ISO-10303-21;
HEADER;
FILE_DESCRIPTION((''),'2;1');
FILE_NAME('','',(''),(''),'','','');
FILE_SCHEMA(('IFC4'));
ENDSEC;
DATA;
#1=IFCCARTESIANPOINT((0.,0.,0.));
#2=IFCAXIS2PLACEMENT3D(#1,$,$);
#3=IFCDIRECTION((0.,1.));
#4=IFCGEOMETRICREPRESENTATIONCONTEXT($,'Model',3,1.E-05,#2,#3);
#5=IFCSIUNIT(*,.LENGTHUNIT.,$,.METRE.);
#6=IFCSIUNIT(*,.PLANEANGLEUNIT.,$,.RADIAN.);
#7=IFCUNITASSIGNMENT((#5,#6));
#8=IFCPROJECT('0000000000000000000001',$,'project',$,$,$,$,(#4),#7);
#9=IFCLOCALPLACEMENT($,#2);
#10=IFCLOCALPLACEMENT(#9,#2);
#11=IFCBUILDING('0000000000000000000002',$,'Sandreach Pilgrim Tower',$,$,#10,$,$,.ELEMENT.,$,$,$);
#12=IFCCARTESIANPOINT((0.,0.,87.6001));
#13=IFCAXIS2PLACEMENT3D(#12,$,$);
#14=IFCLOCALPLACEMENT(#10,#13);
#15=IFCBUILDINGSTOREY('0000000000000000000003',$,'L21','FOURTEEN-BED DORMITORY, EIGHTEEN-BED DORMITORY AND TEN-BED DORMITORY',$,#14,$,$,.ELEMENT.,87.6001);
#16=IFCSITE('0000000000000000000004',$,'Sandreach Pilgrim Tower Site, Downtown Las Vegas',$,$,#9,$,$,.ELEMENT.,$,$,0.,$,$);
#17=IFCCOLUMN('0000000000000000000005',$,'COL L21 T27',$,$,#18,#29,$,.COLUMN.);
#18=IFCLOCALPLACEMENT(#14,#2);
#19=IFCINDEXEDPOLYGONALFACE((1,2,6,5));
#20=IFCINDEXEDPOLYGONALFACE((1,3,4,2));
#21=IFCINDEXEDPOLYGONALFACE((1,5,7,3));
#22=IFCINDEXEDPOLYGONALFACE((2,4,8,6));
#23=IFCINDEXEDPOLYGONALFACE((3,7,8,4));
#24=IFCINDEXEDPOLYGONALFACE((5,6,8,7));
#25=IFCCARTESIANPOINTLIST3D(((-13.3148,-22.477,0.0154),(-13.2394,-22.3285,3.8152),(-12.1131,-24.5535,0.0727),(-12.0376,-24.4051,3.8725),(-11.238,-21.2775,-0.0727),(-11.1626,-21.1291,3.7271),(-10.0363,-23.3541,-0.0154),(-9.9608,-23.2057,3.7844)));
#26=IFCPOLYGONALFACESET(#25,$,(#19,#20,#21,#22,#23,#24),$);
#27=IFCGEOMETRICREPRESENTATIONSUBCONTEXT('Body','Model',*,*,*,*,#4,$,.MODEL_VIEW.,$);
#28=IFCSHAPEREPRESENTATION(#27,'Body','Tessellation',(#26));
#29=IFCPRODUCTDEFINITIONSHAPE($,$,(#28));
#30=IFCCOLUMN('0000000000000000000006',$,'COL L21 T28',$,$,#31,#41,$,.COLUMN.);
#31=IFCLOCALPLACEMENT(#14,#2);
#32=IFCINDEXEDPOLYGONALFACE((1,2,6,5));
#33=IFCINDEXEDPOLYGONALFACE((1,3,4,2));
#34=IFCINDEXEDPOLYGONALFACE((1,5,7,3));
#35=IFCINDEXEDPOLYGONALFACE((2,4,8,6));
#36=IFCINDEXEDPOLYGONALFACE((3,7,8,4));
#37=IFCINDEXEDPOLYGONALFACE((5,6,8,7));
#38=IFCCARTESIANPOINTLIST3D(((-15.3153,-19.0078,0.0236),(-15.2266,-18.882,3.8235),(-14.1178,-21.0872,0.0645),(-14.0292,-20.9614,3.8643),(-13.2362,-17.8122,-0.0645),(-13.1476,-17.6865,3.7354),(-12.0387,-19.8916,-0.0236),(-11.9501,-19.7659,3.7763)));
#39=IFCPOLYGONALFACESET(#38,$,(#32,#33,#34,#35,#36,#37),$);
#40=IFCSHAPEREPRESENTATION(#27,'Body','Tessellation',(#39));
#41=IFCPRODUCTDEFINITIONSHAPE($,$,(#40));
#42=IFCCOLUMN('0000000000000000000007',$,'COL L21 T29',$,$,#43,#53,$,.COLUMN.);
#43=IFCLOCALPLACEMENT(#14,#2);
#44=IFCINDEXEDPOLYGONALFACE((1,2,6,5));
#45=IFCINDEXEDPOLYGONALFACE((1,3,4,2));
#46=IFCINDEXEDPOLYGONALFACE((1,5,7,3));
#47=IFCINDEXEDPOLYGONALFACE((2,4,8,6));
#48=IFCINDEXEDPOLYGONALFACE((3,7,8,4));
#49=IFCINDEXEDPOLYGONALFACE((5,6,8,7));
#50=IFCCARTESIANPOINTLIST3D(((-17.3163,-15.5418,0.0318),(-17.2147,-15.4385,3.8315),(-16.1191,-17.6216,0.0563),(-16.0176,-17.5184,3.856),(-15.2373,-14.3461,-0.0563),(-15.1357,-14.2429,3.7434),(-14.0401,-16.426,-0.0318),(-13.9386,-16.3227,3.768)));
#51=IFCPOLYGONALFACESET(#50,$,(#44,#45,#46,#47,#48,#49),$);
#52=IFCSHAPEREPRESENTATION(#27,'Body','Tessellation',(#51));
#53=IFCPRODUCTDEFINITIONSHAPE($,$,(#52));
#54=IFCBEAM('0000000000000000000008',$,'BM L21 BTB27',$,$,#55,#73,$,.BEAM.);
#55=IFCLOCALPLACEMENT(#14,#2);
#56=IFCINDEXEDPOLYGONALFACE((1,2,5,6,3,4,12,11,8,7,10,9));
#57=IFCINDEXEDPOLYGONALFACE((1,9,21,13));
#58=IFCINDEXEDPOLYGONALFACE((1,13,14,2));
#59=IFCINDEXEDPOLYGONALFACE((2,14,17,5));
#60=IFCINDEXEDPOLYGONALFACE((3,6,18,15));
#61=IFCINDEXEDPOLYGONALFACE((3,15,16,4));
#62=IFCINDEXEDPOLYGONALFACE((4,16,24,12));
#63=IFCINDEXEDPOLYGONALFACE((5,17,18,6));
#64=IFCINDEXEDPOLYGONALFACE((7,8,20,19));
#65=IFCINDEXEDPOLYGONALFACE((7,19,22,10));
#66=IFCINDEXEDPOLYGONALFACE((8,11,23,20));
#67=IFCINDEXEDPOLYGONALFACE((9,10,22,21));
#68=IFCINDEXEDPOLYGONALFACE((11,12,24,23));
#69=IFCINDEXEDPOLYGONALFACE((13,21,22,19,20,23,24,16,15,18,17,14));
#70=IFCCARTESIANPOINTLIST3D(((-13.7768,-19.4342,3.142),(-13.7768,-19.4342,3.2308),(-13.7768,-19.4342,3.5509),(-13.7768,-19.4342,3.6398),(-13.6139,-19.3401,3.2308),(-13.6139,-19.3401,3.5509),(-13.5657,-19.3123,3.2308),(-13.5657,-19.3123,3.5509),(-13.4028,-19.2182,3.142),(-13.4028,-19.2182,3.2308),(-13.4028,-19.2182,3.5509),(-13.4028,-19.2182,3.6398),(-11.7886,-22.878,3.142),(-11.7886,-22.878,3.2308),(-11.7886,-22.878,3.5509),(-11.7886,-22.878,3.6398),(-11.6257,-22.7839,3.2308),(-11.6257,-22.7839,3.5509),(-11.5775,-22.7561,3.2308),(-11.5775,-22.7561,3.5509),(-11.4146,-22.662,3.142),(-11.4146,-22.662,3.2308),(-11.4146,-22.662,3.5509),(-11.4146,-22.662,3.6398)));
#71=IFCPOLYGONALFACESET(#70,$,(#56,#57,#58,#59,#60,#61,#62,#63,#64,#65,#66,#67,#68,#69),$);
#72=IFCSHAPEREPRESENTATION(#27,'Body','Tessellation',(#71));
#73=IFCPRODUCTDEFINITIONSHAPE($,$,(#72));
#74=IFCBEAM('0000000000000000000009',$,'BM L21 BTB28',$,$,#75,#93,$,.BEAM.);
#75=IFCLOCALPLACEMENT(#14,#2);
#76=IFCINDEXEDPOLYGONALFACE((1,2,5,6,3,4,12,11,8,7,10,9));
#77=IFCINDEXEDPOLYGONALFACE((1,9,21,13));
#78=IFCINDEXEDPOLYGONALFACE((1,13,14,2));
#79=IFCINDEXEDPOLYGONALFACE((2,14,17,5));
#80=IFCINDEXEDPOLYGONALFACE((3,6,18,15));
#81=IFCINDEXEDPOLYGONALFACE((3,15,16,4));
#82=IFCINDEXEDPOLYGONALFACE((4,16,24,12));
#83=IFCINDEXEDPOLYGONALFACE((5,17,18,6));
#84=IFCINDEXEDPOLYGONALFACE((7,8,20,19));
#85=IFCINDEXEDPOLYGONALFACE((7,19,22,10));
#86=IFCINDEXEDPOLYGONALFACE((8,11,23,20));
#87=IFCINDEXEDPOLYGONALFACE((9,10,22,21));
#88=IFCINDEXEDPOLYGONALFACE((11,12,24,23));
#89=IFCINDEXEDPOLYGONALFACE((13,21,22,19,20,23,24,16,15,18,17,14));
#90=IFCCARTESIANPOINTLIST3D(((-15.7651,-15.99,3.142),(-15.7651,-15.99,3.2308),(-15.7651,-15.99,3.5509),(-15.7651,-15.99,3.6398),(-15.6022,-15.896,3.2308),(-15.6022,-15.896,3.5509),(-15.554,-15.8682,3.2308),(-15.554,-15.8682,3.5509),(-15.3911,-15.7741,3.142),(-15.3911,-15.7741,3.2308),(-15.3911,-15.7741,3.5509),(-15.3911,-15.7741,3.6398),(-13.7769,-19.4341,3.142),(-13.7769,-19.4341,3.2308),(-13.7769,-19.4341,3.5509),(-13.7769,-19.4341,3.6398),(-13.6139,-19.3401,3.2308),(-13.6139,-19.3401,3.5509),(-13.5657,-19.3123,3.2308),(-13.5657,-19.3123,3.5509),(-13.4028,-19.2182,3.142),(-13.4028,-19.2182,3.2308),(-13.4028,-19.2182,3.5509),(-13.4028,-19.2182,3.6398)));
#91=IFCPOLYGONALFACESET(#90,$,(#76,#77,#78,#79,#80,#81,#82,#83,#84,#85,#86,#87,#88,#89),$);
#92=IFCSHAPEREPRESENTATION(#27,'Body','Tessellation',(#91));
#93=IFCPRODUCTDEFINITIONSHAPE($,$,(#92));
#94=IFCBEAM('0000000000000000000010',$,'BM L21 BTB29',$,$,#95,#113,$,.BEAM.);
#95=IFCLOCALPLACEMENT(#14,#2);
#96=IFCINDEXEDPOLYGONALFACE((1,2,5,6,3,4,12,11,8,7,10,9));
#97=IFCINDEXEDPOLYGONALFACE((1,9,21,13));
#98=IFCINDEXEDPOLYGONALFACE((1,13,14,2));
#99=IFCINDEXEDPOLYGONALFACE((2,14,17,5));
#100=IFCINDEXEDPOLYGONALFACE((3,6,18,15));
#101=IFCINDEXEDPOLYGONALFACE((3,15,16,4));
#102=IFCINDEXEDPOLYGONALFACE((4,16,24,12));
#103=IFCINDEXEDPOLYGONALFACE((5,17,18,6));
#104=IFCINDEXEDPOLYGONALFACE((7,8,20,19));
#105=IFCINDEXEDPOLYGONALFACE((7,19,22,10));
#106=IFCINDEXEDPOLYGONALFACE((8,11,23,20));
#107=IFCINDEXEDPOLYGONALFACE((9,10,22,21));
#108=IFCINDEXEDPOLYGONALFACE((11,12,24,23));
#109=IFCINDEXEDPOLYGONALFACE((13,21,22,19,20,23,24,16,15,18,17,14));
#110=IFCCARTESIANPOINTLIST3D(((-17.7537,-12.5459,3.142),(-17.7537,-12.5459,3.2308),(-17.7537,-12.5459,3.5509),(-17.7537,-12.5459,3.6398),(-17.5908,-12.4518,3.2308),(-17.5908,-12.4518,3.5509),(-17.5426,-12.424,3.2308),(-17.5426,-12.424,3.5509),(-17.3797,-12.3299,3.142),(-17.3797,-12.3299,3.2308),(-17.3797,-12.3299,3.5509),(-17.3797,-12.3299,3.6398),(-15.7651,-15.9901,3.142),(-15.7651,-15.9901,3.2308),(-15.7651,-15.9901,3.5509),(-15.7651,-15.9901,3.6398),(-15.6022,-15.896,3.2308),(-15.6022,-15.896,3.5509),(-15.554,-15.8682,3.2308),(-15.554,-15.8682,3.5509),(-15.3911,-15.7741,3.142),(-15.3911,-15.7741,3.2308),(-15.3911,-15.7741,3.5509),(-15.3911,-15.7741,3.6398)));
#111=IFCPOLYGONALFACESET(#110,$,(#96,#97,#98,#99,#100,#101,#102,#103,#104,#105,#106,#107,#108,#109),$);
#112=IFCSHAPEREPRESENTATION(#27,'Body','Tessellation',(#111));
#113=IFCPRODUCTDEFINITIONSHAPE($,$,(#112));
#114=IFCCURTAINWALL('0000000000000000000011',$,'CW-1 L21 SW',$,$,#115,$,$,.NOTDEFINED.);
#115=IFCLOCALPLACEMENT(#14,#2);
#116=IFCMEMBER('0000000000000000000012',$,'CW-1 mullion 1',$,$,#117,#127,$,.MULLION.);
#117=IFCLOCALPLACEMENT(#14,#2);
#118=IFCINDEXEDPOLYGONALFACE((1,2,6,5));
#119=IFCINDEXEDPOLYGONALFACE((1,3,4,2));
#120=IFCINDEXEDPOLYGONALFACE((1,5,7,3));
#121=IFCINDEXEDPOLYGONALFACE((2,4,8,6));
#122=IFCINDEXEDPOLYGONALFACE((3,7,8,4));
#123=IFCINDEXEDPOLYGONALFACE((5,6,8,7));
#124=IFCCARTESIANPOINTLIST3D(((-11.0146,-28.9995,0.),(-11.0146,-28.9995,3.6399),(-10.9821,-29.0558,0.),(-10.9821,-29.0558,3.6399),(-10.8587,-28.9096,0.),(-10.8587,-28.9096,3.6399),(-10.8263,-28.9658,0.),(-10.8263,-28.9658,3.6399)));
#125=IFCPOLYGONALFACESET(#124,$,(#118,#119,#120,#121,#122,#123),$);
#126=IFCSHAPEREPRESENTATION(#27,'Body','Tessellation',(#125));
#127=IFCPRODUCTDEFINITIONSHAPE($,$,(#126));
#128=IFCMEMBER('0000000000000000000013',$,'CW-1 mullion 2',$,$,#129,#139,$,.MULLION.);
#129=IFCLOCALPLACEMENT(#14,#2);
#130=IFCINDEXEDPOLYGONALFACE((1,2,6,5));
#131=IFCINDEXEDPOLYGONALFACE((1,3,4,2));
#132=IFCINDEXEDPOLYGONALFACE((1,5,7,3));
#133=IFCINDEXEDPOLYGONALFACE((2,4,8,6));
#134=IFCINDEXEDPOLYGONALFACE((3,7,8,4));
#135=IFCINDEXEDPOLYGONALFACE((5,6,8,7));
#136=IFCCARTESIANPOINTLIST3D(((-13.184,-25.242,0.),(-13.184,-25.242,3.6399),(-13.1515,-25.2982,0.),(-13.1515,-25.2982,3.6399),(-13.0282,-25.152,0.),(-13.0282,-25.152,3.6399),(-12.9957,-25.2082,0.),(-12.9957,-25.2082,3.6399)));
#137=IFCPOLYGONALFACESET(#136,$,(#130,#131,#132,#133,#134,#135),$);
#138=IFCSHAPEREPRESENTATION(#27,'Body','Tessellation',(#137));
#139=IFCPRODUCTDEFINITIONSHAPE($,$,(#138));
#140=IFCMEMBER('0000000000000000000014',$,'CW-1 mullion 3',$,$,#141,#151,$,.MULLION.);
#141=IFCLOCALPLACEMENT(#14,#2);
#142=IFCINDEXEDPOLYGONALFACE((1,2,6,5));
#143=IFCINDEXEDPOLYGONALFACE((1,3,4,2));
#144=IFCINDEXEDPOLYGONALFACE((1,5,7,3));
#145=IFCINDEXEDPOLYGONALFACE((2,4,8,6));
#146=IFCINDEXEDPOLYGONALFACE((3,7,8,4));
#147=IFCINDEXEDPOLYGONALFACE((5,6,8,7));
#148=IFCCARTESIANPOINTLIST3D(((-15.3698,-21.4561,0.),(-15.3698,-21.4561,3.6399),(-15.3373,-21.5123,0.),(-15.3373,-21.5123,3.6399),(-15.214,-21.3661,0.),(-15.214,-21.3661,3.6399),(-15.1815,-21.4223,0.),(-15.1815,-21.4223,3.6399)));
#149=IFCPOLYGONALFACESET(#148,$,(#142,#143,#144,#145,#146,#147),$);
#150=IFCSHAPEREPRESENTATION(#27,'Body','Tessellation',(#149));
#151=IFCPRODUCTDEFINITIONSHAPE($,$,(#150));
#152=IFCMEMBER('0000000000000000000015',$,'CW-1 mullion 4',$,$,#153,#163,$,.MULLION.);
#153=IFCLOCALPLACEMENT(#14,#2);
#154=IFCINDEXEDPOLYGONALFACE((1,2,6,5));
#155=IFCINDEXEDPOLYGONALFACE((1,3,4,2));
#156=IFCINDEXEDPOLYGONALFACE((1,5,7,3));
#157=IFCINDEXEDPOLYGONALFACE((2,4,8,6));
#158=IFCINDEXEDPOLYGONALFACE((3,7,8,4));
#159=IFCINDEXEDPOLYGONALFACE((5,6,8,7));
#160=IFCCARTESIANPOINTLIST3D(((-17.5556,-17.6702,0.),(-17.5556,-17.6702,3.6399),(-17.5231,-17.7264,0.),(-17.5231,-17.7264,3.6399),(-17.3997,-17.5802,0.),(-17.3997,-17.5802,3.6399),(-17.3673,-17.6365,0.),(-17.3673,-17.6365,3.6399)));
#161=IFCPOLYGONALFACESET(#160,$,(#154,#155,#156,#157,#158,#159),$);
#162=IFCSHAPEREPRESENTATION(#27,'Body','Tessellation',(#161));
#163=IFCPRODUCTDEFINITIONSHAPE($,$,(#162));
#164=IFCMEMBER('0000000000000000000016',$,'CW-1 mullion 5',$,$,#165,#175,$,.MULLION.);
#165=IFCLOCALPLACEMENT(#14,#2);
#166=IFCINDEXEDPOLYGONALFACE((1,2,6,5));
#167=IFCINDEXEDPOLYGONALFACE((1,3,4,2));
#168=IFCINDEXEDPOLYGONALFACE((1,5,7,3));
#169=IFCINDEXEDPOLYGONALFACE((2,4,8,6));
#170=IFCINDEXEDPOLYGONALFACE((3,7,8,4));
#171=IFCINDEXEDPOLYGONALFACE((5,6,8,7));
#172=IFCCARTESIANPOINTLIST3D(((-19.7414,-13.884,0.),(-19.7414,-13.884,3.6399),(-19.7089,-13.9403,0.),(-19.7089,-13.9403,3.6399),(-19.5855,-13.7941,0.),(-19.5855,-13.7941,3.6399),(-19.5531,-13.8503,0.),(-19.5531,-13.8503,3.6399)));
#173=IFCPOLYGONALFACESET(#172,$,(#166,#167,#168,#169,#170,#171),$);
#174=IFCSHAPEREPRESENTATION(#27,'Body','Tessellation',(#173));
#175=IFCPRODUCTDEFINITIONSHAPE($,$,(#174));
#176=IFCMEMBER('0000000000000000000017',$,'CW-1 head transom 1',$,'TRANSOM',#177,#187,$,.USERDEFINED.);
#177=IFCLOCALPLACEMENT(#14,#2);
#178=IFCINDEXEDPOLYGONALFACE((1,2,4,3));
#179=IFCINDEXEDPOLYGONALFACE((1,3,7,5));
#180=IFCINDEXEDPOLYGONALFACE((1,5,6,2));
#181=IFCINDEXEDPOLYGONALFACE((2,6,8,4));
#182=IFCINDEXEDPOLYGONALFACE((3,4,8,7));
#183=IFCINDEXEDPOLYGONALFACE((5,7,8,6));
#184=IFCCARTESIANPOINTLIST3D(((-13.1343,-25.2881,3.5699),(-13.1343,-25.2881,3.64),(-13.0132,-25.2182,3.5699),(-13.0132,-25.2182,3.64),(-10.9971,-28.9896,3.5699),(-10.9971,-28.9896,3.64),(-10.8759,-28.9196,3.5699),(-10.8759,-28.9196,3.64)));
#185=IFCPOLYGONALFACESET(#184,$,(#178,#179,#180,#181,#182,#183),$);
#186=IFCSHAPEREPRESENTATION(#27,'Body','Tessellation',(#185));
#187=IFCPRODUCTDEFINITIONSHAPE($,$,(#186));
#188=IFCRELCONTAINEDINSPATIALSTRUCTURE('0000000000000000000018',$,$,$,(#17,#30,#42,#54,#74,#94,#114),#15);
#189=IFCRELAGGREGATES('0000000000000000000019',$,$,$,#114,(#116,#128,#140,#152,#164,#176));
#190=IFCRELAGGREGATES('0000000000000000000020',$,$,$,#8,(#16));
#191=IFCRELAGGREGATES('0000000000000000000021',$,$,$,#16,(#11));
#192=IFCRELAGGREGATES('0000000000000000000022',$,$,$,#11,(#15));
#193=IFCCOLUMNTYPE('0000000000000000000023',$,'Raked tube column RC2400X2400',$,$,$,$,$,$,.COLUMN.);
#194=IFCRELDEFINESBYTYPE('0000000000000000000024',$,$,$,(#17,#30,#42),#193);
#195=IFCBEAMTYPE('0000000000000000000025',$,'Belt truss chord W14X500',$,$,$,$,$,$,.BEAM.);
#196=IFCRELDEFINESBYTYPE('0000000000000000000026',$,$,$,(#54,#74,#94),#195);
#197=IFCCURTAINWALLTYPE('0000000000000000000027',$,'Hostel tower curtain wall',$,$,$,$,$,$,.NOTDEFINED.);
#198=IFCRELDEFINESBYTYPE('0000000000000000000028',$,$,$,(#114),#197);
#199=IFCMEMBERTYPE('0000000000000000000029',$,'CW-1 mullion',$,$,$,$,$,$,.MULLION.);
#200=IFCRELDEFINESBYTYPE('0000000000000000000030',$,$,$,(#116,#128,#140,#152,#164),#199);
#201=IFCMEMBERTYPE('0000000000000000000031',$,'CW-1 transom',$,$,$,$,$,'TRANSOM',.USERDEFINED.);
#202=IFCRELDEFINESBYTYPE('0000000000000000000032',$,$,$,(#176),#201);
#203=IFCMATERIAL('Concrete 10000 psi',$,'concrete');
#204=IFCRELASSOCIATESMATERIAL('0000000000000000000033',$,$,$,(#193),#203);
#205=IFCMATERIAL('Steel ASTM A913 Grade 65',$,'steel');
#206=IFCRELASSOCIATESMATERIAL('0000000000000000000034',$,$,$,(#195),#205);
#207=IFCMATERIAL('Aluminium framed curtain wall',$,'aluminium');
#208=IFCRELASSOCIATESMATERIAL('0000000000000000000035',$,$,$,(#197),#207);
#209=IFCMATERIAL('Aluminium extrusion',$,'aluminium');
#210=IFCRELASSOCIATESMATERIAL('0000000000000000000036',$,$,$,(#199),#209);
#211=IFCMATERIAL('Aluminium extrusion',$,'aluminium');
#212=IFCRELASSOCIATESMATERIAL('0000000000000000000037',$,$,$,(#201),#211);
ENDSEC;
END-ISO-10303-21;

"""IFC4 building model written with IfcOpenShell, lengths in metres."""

from ifc_helpers import new_model, si_unit, direction, frame, origin, origin_2d, place, context, subcontext, project, spatial, rectangle, i_section, extrude, material, material_profile, profile_set, type_object, element, aggregate, save


model = new_model("IFC4")

# Units and contexts
model_context = context("Model", 3, precision=1e-05, world=origin(), true_north=direction((0.0, 1.0)))
body_context = subcontext(model_context, "Body", "Model", "MODEL_VIEW")
ifc_project = project(units=[si_unit("LENGTHUNIT", "METRE"), si_unit("PLANEANGLEUNIT", "RADIAN")], contexts=[model_context])

# Site, building, storey
site_placement = place(None, origin())
site = spatial("IfcSite", under=ifc_project, at=site_placement, Name="Sandreach Pilgrim Tower Site, Downtown Las Vegas", CompositionType="ELEMENT", RefElevation=0.0)
building_placement = place(site_placement, origin())
building = spatial("IfcBuilding", under=site, at=building_placement, Name="Sandreach Pilgrim Tower", CompositionType="ELEMENT")
storey_placement = place(building_placement, frame((0.0, 0.0, 87.6001)))
storey = spatial("IfcBuildingStorey", under=building, at=storey_placement, Name="L21", Description="FOURTEEN-BED DORMITORY, EIGHTEEN-BED DORMITORY AND TEN-BED DORMITORY", CompositionType="ELEMENT", Elevation=87.6001)

# Columns
ifc_material_1 = material(Name="Concrete 10000 psi", Category="concrete")
ifc_material_profile_1 = material_profile(ifc_material_1, rectangle(XDim=2.3999, YDim=2.3999, at=origin_2d()), Name="RC2400X2400")
ifc_profile_set_1 = profile_set([ifc_material_profile_1], Name="Concrete 10000 psi")
column_type = type_object("IfcColumnType", Name="Raked tube column RC2400X2400", PredefinedType="COLUMN", material=ifc_profile_set_1)
column_1_placement = place(storey_placement, frame((-11.6755, -22.9155, 0.0), z_axis=(0.019834, 0.039027, 0.999041), x_axis=(-0.865371, -0.499786, 0.036705)))
element("IfcColumn", 1, at=column_1_placement, inside=storey, type_object=column_type, Name="COL L21 T27", PredefinedType="COLUMN", context=body_context, shape_type="SweptSolid", body=[
    extrude(rectangle(XDim=2.3999, YDim=2.3999, at=origin_2d()), origin(), (0.0, 0.0, 1.0), 3.8035),
])
column_2_placement = place(storey_placement, frame((-13.677, -19.4497, 0.0), z_axis=(0.023304, 0.033062, 0.999182), x_axis=(-0.86631, -0.498157, 0.036689)))
element("IfcColumn", 2, at=column_2_placement, inside=storey, type_object=column_type, Name="COL L21 T28", PredefinedType="COLUMN", context=body_context, shape_type="SweptSolid", body=[
    extrude(rectangle(XDim=2.3999, YDim=2.3999, at=origin_2d()), origin(), (0.0, 0.0, 1.0), 3.803),
])
column_3_placement = place(storey_placement, frame((-15.6782, -15.9839, 0.0), z_axis=(0.026709, 0.027158, 0.999274), x_axis=(-0.866285, -0.4982, 0.036695)))
element("IfcColumn", 3, at=column_3_placement, inside=storey, type_object=column_type, Name="COL L21 T29", PredefinedType="COLUMN", context=body_context, shape_type="SweptSolid", body=[
    extrude(rectangle(XDim=2.3999, YDim=2.3999, at=origin_2d()), origin(), (0.0, 0.0, 1.0), 3.8025),
])

# Beams
ifc_material_2 = material(Name="Steel ASTM A913 Grade 65", Category="steel")
ifc_material_profile_2 = material_profile(ifc_material_2, i_section(OverallWidth=0.4319, OverallDepth=0.4978, WebThickness=0.0557, FlangeThickness=0.0889, at=origin_2d()), Name="W14X500")
ifc_profile_set_2 = profile_set([ifc_material_profile_2], Name="Steel ASTM A913 Grade 65")
beam_type_1 = type_object("IfcBeamType", Name="Belt truss chord W14X500", PredefinedType="BEAM", material=ifc_profile_set_2)
beam_1_placement = place(storey_placement, frame((-11.6016, -22.77, 3.3909), z_axis=(-0.499995, 0.866028, 0.0), x_axis=(-0.866028, -0.499995, 0.0)))
element("IfcBeam", 4, at=beam_1_placement, inside=storey, type_object=beam_type_1, Name="BM L21 BTB27", PredefinedType="BEAM", context=body_context, shape_type="SweptSolid", body=[
    extrude(i_section(OverallWidth=0.4319, OverallDepth=0.4978, WebThickness=0.0557, FlangeThickness=0.0889, at=origin_2d()), origin(), (0.0, 0.0, 1.0), 3.9766),
])
beam_2_placement = place(storey_placement, frame((-13.5898, -19.3262, 3.3909), z_axis=(-0.499969, 0.866043, 0.0), x_axis=(-0.866043, -0.499969, 0.0)))
element("IfcBeam", 5, at=beam_2_placement, inside=storey, type_object=beam_type_1, Name="BM L21 BTB28", PredefinedType="BEAM", context=body_context, shape_type="SweptSolid", body=[
    extrude(i_section(OverallWidth=0.4319, OverallDepth=0.4978, WebThickness=0.0557, FlangeThickness=0.0889, at=origin_2d()), origin(), (0.0, 0.0, 1.0), 3.9768),
])
beam_3_placement = place(storey_placement, frame((-15.5781, -15.8821, 3.3909), z_axis=(-0.500015, 0.866017, 0.0), x_axis=(-0.866017, -0.500015, 0.0)))
element("IfcBeam", 6, at=beam_3_placement, inside=storey, type_object=beam_type_1, Name="BM L21 BTB29", PredefinedType="BEAM", context=body_context, shape_type="SweptSolid", body=[
    extrude(i_section(OverallWidth=0.4319, OverallDepth=0.4978, WebThickness=0.0557, FlangeThickness=0.0889, at=origin_2d()), origin(), (0.0, 0.0, 1.0), 3.9771),
])

# Curtain wall, members
ifc_material_3 = material(Name="Aluminium framed curtain wall", Category="aluminium")
curtain_wall_type = type_object("IfcCurtainWallType", Name="Hostel tower curtain wall", PredefinedType="NOTDEFINED", material=ifc_material_3)
curtain_wall_placement = place(storey_placement, origin())
curtain_wall = element("IfcCurtainWall", 7, at=curtain_wall_placement, inside=storey, type_object=curtain_wall_type, Name="CW-1 L21 SW", PredefinedType="NOTDEFINED")
ifc_material_4 = material(Name="Aluminium extrusion", Category="aluminium")
ifc_material_profile_3 = material_profile(ifc_material_4, rectangle(XDim=0.0649, YDim=0.1799, at=origin_2d()), Name="CW-1M 65X180")
ifc_profile_set_3 = profile_set([ifc_material_profile_3], Name="Aluminium extrusion")
member_type_1 = type_object("IfcMemberType", Name="CW-1 mullion", PredefinedType="MULLION", material=ifc_profile_set_3)
member_1_placement = place(storey_placement, frame((-10.9204, -28.9827, 0.0), z_axis=(0.0, 0.0, 1.0), x_axis=(-0.5, 0.866025, 0.0)))
member_1 = element("IfcMember", 8, at=member_1_placement, type_object=member_type_1, Name="CW-1 mullion 1", PredefinedType="MULLION", context=body_context, shape_type="SweptSolid", body=[
    extrude(rectangle(XDim=0.0649, YDim=0.1799, at=origin_2d()), origin(), (0.0, 0.0, 1.0), 3.6399),
])
member_2_placement = place(storey_placement, frame((-13.0898, -25.2251, 0.0), z_axis=(0.0, 0.0, 1.0), x_axis=(-0.5, 0.866025, 0.0)))
member_2 = element("IfcMember", 9, at=member_2_placement, type_object=member_type_1, Name="CW-1 mullion 2", PredefinedType="MULLION", context=body_context, shape_type="SweptSolid", body=[
    extrude(rectangle(XDim=0.0649, YDim=0.1799, at=origin_2d()), origin(), (0.0, 0.0, 1.0), 3.6399),
])
member_3_placement = place(storey_placement, frame((-15.2756, -21.4392, 0.0), z_axis=(0.0, 0.0, 1.0), x_axis=(-0.5, 0.866025, 0.0)))
member_3 = element("IfcMember", 10, at=member_3_placement, type_object=member_type_1, Name="CW-1 mullion 3", PredefinedType="MULLION", context=body_context, shape_type="SweptSolid", body=[
    extrude(rectangle(XDim=0.0649, YDim=0.1799, at=origin_2d()), origin(), (0.0, 0.0, 1.0), 3.6399),
])
member_4_placement = place(storey_placement, frame((-17.4614, -17.6533, 0.0), z_axis=(0.0, 0.0, 1.0), x_axis=(-0.5, 0.866025, 0.0)))
member_4 = element("IfcMember", 11, at=member_4_placement, type_object=member_type_1, Name="CW-1 mullion 4", PredefinedType="MULLION", context=body_context, shape_type="SweptSolid", body=[
    extrude(rectangle(XDim=0.0649, YDim=0.1799, at=origin_2d()), origin(), (0.0, 0.0, 1.0), 3.6399),
])
member_5_placement = place(storey_placement, frame((-19.6472, -13.8672, 0.0), z_axis=(0.0, 0.0, 1.0), x_axis=(-0.5, 0.866025, 0.0)))
member_5 = element("IfcMember", 12, at=member_5_placement, type_object=member_type_1, Name="CW-1 mullion 5", PredefinedType="MULLION", context=body_context, shape_type="SweptSolid", body=[
    extrude(rectangle(XDim=0.0649, YDim=0.1799, at=origin_2d()), origin(), (0.0, 0.0, 1.0), 3.6399),
])
ifc_material_5 = material(Name="Aluminium extrusion", Category="aluminium")
ifc_material_profile_4 = material_profile(ifc_material_5, rectangle(XDim=0.1399, YDim=0.0701, at=origin_2d()), Name="CW-1T 140X70")
ifc_profile_set_4 = profile_set([ifc_material_profile_4], Name="Aluminium extrusion")
member_type_2 = type_object("IfcMemberType", Name="CW-1 transom", ElementType="TRANSOM", PredefinedType="USERDEFINED", material=ifc_profile_set_4)
member_6_placement = place(storey_placement, frame((-10.9365, -28.9546, 3.605), z_axis=(-0.500034, 0.866006, 0.0), x_axis=(-0.866006, -0.500034, 0.0)))
member_6 = element("IfcMember", 13, at=member_6_placement, type_object=member_type_2, Name="CW-1 head transom 1", ObjectType="TRANSOM", PredefinedType="USERDEFINED", context=body_context, shape_type="SweptSolid", body=[
    extrude(rectangle(XDim=0.1399, YDim=0.0701, at=origin_2d()), origin(), (0.0, 0.0, 1.0), 4.2742),
])

aggregate(curtain_wall, [member_1, member_2, member_3, member_4, member_5, member_6])

save(model, "model.ifc")
